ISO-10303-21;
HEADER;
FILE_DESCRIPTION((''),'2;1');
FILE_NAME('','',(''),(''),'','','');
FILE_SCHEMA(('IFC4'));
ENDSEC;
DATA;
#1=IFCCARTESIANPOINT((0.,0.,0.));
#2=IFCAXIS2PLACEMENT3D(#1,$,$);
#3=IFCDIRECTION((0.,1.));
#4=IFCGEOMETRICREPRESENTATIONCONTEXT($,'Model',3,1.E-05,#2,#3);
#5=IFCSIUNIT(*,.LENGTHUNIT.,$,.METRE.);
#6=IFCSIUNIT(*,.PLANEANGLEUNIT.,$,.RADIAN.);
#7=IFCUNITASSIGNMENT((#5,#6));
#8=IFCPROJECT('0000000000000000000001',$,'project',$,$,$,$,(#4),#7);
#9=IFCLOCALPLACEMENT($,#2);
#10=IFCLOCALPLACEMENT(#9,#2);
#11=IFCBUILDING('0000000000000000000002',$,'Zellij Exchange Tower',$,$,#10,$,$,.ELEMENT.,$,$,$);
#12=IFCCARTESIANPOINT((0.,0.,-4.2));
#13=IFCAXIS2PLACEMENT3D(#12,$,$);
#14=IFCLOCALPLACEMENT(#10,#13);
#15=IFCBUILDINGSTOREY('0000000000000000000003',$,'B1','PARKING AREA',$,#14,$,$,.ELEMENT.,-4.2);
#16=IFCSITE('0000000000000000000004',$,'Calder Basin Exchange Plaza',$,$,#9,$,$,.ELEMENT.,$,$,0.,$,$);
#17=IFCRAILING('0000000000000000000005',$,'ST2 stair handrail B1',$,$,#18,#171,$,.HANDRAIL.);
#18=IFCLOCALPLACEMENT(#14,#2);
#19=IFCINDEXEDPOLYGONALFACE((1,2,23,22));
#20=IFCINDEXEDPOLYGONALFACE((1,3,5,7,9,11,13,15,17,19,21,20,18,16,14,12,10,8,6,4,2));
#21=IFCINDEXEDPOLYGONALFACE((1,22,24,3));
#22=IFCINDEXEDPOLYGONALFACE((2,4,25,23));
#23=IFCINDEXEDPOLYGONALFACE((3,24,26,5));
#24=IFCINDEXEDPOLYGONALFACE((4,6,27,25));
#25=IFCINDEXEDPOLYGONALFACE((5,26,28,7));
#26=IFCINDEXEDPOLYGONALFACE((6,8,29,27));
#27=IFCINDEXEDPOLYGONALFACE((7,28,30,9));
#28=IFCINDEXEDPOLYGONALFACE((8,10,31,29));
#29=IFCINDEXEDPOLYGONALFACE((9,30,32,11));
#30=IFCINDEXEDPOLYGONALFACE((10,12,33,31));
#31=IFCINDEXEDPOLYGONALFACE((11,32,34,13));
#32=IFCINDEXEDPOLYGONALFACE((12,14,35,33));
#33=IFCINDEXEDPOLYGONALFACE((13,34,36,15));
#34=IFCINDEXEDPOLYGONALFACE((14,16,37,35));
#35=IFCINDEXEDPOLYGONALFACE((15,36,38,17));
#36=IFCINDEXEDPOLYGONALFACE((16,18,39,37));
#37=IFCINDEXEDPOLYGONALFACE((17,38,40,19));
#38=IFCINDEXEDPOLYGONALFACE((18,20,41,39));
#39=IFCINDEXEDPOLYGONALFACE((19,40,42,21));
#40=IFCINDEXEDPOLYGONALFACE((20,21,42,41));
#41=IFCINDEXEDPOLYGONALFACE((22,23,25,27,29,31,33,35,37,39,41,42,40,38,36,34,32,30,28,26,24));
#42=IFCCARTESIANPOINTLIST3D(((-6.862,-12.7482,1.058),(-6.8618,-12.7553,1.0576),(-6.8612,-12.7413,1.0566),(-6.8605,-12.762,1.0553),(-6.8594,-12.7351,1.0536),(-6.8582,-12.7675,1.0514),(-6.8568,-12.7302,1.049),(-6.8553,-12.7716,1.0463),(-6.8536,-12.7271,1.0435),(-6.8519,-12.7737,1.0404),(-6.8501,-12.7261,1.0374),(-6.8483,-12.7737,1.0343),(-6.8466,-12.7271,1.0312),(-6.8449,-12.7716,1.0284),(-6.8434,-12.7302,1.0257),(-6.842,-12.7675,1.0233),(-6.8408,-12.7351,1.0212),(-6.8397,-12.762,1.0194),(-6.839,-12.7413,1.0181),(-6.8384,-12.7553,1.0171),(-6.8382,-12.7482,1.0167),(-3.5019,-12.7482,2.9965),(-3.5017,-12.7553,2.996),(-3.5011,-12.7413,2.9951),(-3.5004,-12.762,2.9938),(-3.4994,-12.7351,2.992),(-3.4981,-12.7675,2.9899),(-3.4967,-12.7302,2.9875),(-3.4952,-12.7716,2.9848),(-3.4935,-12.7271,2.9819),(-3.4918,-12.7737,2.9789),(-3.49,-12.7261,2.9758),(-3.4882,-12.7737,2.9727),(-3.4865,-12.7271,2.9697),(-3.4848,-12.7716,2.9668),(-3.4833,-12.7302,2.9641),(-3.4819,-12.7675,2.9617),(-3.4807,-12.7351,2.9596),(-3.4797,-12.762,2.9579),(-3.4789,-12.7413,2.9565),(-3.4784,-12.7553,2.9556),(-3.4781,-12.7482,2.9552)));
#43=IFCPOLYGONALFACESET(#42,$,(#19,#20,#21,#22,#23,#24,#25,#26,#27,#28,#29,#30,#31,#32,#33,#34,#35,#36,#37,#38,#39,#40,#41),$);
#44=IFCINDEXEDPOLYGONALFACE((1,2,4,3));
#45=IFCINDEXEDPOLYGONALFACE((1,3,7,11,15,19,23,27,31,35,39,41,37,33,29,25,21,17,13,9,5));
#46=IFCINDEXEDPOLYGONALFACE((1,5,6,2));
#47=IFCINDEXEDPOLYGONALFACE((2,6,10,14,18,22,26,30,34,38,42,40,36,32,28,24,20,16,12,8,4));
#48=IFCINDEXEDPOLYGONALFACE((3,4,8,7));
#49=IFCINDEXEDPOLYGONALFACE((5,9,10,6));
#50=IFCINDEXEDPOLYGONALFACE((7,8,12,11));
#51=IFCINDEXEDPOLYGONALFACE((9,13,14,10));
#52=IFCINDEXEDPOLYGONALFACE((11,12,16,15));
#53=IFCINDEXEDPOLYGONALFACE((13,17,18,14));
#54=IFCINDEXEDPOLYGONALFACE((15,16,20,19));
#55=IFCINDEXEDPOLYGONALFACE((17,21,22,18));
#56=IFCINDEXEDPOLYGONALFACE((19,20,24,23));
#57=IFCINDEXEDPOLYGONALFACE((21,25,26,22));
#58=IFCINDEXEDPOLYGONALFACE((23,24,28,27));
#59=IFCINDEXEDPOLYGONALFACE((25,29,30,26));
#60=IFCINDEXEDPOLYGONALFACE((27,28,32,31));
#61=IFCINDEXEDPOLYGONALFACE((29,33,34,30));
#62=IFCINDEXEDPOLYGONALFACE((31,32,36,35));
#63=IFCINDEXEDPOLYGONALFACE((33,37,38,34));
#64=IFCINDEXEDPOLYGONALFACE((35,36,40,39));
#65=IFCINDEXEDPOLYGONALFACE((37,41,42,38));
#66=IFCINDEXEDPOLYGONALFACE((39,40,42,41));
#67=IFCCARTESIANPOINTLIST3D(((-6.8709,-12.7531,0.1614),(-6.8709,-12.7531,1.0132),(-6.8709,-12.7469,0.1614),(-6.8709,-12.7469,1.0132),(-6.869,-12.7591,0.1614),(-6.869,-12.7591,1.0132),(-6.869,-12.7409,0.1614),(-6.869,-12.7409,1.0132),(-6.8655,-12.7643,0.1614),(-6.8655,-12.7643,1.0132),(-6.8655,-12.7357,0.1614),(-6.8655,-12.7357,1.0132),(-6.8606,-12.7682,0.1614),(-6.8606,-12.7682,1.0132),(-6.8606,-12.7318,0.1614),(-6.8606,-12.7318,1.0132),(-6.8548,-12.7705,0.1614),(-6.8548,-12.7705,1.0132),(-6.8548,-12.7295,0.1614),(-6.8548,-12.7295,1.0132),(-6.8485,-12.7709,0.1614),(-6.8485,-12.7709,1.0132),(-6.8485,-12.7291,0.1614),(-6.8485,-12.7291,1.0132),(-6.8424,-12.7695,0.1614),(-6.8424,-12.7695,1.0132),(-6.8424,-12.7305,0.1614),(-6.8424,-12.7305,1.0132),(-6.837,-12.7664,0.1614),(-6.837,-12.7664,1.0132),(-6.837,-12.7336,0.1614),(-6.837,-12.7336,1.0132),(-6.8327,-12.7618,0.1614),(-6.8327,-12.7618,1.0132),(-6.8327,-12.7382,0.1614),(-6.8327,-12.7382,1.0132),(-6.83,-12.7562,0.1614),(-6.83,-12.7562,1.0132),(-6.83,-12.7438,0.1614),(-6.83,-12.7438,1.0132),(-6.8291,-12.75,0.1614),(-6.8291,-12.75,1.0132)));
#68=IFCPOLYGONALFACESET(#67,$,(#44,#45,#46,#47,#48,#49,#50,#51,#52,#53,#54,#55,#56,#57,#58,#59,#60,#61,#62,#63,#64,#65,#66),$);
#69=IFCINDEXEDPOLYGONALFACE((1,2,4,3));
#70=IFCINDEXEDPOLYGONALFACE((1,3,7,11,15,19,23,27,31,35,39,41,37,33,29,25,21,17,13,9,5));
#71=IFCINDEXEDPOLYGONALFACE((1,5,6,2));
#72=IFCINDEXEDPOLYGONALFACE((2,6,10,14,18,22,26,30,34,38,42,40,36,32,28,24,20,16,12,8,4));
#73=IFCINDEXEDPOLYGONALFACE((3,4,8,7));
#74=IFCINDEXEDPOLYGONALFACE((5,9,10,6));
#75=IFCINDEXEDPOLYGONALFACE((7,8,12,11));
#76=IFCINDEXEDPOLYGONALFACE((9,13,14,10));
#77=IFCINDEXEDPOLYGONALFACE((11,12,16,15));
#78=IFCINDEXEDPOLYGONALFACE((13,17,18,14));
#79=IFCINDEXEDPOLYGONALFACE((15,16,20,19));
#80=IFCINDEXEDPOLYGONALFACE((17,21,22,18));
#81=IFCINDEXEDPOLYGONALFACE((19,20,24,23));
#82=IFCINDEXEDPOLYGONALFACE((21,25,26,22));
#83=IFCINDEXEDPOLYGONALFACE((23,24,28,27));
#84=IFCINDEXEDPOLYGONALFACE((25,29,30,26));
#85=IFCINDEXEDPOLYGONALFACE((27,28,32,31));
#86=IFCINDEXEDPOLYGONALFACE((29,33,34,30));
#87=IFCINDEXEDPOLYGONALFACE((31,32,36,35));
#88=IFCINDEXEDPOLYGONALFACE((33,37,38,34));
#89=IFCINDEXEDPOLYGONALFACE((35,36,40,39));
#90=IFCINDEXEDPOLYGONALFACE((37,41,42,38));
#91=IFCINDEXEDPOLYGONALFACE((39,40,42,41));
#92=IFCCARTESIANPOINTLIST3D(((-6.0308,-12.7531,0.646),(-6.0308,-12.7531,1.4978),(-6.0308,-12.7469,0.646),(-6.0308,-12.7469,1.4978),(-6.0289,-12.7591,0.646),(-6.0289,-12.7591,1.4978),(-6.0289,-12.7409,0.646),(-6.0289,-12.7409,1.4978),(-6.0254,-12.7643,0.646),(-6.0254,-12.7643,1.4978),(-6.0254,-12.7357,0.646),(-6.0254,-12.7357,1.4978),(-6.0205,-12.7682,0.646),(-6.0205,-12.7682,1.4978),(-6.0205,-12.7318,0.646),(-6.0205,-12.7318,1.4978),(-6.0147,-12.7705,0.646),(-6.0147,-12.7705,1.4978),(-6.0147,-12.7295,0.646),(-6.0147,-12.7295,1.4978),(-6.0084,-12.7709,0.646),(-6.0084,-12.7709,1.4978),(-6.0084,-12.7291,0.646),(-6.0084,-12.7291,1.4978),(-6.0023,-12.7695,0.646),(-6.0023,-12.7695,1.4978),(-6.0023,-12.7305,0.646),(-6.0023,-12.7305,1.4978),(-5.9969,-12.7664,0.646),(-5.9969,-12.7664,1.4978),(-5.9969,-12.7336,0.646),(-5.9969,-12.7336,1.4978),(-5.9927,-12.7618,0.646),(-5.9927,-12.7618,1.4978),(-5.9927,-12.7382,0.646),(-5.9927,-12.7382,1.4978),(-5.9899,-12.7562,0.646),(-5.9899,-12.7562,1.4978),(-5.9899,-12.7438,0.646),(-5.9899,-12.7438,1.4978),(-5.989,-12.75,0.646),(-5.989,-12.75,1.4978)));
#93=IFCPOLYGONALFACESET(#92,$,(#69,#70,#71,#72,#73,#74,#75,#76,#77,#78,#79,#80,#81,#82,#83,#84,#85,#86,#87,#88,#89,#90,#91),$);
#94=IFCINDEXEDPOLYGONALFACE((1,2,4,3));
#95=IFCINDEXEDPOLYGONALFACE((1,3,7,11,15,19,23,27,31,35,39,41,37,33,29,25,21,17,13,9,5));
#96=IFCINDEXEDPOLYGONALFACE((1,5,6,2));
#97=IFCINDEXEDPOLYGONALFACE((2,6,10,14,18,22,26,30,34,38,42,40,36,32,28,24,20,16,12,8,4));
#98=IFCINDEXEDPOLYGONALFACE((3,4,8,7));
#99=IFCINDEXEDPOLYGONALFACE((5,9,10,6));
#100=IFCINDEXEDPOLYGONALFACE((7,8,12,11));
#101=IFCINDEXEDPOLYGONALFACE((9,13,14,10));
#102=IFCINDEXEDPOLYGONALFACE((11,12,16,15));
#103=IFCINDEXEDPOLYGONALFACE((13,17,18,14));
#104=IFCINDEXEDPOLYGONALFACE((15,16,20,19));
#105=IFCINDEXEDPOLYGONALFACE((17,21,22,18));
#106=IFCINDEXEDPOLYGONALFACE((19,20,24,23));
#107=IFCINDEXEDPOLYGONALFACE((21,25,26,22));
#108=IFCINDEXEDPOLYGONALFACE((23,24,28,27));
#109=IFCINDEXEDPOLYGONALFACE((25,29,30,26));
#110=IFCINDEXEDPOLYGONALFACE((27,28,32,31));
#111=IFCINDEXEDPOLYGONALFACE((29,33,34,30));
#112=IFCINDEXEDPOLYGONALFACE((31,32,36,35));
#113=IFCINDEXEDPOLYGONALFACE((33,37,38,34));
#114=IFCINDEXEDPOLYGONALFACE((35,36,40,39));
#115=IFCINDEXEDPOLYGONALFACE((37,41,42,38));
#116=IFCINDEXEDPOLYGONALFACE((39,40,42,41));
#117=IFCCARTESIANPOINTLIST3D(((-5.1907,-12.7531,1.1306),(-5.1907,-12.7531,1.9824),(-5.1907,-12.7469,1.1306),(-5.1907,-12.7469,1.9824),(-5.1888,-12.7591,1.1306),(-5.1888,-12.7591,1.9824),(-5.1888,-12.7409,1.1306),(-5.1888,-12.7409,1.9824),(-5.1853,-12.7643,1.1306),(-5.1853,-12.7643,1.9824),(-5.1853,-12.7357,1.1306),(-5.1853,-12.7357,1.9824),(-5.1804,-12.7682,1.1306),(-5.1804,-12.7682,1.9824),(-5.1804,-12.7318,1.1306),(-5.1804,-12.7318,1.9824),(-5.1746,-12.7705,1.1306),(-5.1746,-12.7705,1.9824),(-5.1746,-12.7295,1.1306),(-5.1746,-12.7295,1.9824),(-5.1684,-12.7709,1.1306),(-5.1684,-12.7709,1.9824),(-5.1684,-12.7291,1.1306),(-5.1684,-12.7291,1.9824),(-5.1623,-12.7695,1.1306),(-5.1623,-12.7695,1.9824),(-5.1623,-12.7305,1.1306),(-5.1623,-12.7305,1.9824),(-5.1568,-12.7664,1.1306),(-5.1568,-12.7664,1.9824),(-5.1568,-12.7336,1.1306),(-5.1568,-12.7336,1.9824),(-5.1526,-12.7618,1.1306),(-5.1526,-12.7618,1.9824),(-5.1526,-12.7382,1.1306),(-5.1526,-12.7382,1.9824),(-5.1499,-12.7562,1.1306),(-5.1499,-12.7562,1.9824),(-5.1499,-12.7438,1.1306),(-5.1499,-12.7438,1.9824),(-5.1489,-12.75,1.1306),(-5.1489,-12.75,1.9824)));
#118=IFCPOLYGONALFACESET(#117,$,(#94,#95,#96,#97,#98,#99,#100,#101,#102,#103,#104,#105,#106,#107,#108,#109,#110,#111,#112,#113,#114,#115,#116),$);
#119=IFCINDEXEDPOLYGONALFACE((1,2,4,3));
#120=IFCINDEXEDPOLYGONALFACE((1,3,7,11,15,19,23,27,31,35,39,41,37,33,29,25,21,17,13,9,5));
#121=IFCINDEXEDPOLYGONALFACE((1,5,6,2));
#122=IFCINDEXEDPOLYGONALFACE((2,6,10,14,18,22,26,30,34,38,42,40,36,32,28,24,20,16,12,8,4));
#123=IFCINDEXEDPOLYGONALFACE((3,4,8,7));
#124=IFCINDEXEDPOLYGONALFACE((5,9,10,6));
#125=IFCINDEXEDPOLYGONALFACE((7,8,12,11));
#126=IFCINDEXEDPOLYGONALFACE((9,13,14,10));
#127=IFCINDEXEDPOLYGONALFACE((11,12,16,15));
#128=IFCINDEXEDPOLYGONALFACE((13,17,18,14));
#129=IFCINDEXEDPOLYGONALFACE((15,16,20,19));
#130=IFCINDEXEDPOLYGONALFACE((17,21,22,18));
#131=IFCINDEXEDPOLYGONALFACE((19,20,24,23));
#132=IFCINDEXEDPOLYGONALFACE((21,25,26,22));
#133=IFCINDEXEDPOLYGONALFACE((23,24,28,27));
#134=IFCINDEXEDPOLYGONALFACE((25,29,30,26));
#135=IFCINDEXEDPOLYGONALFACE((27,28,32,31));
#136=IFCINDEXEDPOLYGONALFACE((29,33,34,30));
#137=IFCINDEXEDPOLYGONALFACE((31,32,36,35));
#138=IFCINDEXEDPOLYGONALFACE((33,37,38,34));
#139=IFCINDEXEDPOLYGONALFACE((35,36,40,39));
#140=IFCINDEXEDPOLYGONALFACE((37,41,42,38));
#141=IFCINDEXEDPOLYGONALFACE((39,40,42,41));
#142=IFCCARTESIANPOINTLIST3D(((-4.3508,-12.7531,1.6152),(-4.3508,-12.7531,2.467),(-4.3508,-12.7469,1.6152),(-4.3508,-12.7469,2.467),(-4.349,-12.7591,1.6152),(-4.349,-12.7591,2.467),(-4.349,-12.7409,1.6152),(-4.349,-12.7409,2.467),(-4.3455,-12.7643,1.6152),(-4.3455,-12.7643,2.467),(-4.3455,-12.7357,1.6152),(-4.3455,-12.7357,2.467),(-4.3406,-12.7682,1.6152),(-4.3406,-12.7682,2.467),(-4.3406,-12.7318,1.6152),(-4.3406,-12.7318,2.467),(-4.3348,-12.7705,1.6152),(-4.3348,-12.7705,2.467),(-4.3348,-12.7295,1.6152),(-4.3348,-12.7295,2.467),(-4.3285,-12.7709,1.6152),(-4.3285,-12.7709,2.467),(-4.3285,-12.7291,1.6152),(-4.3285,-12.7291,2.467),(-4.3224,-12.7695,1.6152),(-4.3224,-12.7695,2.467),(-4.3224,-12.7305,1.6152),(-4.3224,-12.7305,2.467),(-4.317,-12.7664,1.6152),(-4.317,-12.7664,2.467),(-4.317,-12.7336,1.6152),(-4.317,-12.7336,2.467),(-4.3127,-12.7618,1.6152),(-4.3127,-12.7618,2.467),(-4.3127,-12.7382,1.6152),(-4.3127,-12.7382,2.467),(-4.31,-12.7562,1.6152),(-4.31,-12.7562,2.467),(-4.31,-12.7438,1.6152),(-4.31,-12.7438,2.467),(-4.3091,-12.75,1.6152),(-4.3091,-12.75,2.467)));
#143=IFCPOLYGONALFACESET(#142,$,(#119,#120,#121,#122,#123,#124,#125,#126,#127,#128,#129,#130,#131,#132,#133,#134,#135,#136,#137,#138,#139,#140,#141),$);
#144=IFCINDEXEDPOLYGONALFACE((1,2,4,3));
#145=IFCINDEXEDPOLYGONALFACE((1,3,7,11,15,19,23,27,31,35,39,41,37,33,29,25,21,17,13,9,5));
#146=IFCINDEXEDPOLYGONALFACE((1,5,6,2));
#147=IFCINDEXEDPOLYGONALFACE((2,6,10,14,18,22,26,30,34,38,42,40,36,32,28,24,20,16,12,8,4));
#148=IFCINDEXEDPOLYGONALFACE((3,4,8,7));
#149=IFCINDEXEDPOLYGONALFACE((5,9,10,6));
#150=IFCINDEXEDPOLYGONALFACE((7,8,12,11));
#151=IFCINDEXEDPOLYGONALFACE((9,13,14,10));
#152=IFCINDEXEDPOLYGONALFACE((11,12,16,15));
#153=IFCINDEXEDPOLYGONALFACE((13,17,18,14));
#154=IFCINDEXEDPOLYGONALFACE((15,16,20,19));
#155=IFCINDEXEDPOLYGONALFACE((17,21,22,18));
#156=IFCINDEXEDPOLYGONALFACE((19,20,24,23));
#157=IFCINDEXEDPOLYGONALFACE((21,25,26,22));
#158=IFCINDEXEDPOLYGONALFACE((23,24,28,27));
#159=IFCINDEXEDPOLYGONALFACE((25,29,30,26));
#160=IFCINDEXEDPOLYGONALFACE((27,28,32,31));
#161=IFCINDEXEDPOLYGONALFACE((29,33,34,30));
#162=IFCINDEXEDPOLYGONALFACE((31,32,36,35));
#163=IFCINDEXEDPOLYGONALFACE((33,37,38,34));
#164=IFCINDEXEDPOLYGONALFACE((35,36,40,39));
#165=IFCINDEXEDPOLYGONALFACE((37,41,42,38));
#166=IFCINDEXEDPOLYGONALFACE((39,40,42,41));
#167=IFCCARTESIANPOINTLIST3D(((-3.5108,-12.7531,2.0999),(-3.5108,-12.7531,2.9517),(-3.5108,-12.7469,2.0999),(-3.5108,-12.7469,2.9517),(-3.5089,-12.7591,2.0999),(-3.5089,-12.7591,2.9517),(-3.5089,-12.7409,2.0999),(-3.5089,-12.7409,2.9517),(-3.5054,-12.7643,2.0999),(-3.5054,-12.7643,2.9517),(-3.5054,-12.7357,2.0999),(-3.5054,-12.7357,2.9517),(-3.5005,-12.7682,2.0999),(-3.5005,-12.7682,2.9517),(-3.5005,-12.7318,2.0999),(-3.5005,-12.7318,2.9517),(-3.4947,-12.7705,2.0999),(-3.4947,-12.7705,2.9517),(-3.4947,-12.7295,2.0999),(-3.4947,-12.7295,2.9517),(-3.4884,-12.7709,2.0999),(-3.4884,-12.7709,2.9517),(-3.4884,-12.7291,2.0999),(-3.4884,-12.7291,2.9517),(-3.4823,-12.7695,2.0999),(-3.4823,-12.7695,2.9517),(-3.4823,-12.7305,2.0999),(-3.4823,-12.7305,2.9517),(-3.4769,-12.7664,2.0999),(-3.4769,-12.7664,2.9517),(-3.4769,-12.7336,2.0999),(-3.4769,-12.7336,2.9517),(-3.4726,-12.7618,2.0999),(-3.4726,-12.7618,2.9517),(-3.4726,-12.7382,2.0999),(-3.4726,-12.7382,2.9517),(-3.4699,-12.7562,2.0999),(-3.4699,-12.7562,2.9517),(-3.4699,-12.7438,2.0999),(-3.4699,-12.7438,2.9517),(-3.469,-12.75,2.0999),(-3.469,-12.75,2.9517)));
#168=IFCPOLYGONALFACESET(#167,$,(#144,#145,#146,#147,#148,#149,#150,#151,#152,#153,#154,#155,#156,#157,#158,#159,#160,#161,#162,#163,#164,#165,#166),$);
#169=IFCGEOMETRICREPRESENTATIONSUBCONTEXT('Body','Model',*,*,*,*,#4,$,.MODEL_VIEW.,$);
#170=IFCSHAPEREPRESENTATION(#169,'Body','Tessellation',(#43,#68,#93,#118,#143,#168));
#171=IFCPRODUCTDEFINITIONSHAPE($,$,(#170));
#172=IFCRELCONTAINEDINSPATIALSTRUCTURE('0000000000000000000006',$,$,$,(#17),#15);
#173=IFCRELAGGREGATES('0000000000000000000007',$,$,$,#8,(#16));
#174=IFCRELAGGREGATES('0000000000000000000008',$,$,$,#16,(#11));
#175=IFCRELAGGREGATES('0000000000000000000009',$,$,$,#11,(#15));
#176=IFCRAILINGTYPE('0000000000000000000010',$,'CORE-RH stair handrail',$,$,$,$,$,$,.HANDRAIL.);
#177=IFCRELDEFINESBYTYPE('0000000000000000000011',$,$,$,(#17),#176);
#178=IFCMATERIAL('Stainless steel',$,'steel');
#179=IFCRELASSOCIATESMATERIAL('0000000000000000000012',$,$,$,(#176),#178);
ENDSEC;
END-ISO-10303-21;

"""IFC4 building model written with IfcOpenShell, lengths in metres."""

from ifc_helpers import new_model, si_unit, direction, frame, origin, origin_2d, place, context, subcontext, project, spatial, circle, extrude, material, type_object, element, save


model = new_model("IFC4")

# Units and contexts
model_context = context("Model", 3, precision=1e-05, world=origin(), true_north=direction((0.0, 1.0)))
body_context = subcontext(model_context, "Body", "Model", "MODEL_VIEW")
ifc_project = project(units=[si_unit("LENGTHUNIT", "METRE"), si_unit("PLANEANGLEUNIT", "RADIAN")], contexts=[model_context])

# Site, building, storey
site_placement = place(None, origin())
site = spatial("IfcSite", under=ifc_project, at=site_placement, Name="Calder Basin Exchange Plaza", CompositionType="ELEMENT", RefElevation=0.0)
building_placement = place(site_placement, origin())
building = spatial("IfcBuilding", under=site, at=building_placement, Name="Zellij Exchange Tower", CompositionType="ELEMENT")
storey_placement = place(building_placement, frame((0.0, 0.0, -4.2)))
storey = spatial("IfcBuildingStorey", under=building, at=storey_placement, Name="B1", Description="PARKING AREA", CompositionType="ELEMENT", Elevation=-4.2)

# Railing
ifc_material_1 = material(Name="Stainless steel", Category="steel")
railing_type_1 = type_object("IfcRailingType", Name="CORE-RH stair handrail", PredefinedType="HANDRAIL", material=ifc_material_1)
railing_1_placement = place(storey_placement, frame((-6.8501, -12.75, 0.1614)))
element("IfcRailing", 1, at=railing_1_placement, inside=storey, type_object=railing_type_1, Name="ST2 stair handrail B1", PredefinedType="HANDRAIL", context=body_context, shape_type="SweptSolid", body=[
    extrude(circle(Radius=0.0239, at=origin_2d()), frame((0.0, 0.0, 0.876), z_axis=(0.866191, 0.0, 0.499713), x_axis=(0.0, 1.0, 0.0)), (0.0, 0.0, 1.0), 3.8792),
    extrude(circle(Radius=0.021, at=origin_2d()), origin(), (0.0, 0.0, 1.0), 0.8518),
    extrude(circle(Radius=0.021, at=origin_2d()), frame((0.8401, 0.0, 0.4846)), (0.0, 0.0, 1.0), 0.8518),
    extrude(circle(Radius=0.021, at=origin_2d()), frame((1.6802, 0.0, 0.9692)), (0.0, 0.0, 1.0), 0.8518),
    extrude(circle(Radius=0.021, at=origin_2d()), frame((2.52, 0.0, 1.4539)), (0.0, 0.0, 1.0), 0.8518),
    extrude(circle(Radius=0.021, at=origin_2d()), frame((3.3601, 0.0, 1.9385)), (0.0, 0.0, 1.0), 0.8518),
])

save(model, "model.ifc")
